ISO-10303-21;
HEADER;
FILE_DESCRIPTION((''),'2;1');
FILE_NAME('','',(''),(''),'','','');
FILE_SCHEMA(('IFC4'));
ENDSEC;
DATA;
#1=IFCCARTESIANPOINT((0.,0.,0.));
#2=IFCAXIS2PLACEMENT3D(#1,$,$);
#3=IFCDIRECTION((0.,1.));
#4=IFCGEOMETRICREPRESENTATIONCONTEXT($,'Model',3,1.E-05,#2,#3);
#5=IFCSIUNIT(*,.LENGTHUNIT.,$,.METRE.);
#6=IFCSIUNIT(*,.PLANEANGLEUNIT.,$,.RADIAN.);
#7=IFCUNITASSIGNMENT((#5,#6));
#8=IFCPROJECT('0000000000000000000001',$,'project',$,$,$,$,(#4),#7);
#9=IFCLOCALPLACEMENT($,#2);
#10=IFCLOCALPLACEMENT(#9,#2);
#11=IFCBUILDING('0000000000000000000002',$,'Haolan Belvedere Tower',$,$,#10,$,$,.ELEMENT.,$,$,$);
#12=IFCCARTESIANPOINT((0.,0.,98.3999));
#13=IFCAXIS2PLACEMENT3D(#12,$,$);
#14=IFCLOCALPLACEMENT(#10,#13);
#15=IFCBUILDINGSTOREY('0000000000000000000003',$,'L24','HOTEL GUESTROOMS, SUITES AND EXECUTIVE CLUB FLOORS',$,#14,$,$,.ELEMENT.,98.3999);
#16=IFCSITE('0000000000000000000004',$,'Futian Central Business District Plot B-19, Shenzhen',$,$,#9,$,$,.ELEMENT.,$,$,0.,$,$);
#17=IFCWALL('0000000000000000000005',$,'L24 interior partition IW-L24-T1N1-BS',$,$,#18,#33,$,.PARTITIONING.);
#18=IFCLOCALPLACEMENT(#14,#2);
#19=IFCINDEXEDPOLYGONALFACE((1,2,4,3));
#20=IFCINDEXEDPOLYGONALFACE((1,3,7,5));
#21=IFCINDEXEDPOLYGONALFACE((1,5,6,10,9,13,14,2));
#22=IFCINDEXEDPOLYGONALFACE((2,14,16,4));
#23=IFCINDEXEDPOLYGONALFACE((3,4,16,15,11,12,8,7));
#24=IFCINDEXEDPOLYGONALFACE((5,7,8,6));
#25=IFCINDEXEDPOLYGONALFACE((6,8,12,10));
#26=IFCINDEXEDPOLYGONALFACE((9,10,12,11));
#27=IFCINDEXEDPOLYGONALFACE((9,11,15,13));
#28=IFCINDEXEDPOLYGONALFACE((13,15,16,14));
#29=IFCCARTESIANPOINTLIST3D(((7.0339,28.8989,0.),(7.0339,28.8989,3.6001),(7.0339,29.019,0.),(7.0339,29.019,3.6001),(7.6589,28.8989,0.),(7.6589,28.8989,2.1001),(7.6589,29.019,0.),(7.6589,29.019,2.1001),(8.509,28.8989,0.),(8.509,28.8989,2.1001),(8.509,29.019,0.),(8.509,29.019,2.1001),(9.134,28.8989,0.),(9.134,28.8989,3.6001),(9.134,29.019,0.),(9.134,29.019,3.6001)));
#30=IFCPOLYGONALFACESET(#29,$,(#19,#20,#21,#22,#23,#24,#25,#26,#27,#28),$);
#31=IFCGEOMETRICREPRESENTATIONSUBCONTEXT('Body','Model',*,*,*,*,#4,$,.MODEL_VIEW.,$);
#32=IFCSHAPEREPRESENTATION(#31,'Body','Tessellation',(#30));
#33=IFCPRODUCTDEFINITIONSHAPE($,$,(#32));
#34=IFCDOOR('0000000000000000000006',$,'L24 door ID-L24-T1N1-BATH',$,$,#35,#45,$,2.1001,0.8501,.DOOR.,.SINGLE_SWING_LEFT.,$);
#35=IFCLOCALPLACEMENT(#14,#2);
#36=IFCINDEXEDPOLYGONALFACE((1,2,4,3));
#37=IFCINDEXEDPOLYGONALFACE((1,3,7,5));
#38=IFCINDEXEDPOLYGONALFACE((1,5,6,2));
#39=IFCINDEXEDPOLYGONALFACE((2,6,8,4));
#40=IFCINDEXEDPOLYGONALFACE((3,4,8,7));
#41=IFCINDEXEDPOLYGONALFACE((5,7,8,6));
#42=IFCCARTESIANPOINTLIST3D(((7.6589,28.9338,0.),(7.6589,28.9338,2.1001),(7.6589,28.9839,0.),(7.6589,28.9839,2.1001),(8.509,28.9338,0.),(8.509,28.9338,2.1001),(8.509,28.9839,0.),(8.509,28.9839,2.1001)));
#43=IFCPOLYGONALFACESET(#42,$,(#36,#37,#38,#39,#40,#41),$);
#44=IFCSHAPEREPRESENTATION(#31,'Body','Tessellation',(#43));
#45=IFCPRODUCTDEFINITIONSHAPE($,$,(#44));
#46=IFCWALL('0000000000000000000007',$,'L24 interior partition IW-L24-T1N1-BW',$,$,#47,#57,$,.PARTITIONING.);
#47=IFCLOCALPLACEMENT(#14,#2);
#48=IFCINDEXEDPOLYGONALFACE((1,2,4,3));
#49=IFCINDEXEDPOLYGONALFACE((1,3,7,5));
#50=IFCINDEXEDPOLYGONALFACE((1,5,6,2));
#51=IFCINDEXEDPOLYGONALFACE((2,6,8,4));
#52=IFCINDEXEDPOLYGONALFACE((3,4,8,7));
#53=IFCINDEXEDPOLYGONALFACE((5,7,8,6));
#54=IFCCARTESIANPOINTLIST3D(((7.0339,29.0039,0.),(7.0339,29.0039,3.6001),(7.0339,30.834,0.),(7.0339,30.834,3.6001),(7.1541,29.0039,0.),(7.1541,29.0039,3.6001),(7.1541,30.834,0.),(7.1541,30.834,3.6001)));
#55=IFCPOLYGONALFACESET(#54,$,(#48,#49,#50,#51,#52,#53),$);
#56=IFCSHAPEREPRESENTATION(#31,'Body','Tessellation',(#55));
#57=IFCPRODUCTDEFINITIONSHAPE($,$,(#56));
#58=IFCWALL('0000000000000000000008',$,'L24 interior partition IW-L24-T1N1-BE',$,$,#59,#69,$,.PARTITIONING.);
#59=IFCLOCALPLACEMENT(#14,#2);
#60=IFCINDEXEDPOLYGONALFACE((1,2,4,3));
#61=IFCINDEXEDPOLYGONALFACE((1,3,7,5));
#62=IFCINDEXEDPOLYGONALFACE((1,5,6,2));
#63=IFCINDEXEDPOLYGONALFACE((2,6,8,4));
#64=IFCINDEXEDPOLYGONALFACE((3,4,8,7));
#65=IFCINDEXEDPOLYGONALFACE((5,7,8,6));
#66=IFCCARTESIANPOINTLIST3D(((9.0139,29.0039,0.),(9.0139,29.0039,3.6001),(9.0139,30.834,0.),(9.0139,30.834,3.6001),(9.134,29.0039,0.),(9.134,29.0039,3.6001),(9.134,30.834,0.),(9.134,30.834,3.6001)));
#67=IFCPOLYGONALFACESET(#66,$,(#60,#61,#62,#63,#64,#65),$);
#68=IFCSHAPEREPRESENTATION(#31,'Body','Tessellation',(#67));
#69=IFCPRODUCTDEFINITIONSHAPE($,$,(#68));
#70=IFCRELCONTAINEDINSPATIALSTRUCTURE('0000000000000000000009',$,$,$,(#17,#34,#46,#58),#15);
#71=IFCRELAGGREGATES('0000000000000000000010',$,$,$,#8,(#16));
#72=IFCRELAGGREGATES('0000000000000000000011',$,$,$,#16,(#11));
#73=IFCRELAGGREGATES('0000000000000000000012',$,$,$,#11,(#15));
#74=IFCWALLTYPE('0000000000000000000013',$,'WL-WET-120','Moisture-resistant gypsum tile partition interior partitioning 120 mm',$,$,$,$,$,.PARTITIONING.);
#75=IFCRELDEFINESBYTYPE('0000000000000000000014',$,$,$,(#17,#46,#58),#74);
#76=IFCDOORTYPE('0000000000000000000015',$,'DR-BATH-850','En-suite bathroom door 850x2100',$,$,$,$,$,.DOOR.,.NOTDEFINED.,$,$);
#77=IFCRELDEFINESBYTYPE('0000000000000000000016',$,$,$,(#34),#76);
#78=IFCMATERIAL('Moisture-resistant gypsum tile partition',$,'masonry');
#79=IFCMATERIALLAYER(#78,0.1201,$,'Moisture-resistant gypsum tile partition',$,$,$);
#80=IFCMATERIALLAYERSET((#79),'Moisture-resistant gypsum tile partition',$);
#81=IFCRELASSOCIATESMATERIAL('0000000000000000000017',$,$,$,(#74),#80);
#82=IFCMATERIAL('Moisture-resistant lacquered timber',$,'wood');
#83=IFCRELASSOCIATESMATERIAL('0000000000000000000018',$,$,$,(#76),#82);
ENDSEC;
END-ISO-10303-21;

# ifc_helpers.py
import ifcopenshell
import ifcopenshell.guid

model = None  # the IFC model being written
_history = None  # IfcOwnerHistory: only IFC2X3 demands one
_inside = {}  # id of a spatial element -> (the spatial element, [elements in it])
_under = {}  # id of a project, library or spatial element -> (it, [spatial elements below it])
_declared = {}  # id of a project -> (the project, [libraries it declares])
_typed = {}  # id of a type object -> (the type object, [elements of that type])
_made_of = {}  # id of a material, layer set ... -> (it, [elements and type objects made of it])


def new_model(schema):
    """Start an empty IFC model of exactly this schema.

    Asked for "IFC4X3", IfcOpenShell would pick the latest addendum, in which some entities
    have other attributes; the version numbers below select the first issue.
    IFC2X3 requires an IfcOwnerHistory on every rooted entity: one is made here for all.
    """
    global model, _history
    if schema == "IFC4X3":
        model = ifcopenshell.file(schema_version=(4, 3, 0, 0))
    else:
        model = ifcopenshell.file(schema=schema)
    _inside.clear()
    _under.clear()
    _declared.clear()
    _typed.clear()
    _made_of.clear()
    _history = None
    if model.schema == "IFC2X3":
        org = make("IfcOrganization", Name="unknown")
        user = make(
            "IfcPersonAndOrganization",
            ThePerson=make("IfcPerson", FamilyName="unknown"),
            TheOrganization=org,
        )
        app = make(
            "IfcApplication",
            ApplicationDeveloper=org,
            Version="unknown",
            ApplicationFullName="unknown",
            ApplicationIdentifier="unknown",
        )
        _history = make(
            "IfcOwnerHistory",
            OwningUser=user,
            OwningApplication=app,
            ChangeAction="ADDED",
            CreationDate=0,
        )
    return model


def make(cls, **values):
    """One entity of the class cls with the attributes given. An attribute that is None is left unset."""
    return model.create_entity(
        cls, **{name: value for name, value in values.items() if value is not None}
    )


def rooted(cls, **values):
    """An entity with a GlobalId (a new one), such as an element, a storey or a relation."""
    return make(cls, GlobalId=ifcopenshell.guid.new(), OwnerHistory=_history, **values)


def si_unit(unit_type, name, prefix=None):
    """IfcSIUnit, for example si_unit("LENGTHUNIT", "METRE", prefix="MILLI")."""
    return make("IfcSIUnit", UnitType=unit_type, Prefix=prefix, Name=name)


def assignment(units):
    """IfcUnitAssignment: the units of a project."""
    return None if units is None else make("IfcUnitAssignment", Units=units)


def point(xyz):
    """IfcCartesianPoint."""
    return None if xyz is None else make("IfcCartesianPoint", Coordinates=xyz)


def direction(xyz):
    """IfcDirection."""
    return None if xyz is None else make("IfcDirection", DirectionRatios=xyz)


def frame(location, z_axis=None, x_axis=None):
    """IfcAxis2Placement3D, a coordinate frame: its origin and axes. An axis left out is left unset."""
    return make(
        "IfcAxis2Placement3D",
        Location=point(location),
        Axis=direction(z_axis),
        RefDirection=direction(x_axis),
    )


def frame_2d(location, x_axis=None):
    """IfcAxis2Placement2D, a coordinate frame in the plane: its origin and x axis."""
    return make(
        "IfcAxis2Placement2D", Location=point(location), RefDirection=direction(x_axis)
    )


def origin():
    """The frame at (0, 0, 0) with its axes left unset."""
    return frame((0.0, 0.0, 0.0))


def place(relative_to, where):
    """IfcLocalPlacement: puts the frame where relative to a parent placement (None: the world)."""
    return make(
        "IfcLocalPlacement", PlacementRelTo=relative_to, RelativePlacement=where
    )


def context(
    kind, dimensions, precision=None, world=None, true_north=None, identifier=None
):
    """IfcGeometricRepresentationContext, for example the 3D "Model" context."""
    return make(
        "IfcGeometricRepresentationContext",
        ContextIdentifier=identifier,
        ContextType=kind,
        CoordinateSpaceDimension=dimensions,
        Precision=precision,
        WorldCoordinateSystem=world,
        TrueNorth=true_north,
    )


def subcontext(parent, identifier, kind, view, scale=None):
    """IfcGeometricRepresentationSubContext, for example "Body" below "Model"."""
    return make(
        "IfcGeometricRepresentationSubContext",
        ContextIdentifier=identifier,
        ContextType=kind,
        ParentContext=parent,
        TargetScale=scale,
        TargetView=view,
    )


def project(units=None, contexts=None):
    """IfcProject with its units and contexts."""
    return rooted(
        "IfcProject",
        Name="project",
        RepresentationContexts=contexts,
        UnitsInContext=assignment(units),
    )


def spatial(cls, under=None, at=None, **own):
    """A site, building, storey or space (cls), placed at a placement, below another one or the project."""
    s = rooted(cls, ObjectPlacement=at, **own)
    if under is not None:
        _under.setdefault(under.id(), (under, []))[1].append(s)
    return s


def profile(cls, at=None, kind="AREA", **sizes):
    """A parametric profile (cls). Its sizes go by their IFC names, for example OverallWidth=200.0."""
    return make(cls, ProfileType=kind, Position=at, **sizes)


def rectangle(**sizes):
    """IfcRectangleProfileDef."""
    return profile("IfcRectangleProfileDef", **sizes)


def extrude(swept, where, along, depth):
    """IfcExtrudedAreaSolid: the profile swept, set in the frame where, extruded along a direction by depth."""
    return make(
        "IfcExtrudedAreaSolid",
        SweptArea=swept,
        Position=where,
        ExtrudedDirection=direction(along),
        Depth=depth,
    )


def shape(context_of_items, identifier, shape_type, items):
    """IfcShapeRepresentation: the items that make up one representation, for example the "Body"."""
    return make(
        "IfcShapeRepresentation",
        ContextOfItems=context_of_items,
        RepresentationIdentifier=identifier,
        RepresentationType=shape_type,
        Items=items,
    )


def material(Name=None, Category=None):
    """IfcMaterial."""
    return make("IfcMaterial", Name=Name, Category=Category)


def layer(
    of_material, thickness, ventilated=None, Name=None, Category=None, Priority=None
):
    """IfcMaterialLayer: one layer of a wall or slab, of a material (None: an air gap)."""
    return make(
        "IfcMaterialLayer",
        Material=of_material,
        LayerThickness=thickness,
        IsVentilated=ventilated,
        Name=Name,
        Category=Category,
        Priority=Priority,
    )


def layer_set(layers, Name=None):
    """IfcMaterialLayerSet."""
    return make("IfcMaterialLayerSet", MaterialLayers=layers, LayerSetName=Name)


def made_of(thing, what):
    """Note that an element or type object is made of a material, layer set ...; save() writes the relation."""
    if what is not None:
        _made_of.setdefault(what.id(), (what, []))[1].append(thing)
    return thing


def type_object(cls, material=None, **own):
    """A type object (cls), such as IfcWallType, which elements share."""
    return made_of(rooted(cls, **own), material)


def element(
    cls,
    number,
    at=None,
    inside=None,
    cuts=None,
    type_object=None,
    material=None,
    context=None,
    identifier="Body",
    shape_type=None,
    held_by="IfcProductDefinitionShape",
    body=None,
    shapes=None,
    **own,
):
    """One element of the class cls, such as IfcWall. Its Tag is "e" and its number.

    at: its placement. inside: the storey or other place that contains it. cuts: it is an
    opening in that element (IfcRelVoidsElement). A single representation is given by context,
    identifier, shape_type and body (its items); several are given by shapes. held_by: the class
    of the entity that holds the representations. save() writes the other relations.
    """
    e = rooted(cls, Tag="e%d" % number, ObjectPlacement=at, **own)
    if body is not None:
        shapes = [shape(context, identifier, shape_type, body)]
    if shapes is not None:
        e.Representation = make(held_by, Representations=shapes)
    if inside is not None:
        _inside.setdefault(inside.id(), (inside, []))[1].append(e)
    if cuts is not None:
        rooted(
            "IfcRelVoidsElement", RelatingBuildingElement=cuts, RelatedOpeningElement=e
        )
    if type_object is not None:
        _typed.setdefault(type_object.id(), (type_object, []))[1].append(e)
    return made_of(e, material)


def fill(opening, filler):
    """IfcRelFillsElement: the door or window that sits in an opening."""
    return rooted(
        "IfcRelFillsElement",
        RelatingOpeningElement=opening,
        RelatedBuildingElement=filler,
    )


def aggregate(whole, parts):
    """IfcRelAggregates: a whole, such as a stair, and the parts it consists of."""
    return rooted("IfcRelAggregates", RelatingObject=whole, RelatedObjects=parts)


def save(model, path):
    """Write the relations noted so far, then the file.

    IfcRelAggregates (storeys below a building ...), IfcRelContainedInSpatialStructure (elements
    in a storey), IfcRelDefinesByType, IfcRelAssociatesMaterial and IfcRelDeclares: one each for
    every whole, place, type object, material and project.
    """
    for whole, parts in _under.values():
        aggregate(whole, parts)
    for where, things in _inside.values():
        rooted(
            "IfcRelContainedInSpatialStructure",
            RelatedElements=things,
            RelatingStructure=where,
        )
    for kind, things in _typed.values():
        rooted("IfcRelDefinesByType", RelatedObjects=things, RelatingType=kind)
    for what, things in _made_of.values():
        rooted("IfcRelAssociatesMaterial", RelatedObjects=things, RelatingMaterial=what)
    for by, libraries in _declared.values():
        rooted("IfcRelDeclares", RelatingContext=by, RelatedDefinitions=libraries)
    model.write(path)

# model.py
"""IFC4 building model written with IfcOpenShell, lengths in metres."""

from ifc_helpers import new_model, si_unit, direction, frame, frame_2d, origin, place, context, subcontext, project, spatial, rectangle, extrude, material, layer, layer_set, type_object, element, fill, save


model = new_model("IFC4")

# Units and contexts
model_context = context("Model", 3, precision=1e-05, world=origin(), true_north=direction((0.0, 1.0)))
body_context = subcontext(model_context, "Body", "Model", "MODEL_VIEW")
ifc_project = project(units=[si_unit("LENGTHUNIT", "METRE"), si_unit("PLANEANGLEUNIT", "RADIAN")], contexts=[model_context])

# Site, building, storey
site_placement = place(None, origin())
site = spatial("IfcSite", under=ifc_project, at=site_placement, Name="Futian Central Business District Plot B-19, Shenzhen", CompositionType="ELEMENT", RefElevation=0.0)
building_placement = place(site_placement, origin())
building = spatial("IfcBuilding", under=site, at=building_placement, Name="Haolan Belvedere Tower", CompositionType="ELEMENT")
storey_placement = place(building_placement, frame((0.0, 0.0, 98.3999)))
storey = spatial("IfcBuildingStorey", under=building, at=storey_placement, Name="L24", Description="HOTEL GUESTROOMS, SUITES AND EXECUTIVE CLUB FLOORS", CompositionType="ELEMENT", Elevation=98.3999)

# Shared definitions
ifc_material_1 = material(Name="Moisture-resistant gypsum tile partition", Category="masonry")
ifc_layer_1 = layer(ifc_material_1, 0.1201, Name="Moisture-resistant gypsum tile partition")
ifc_layer_set_1 = layer_set([ifc_layer_1], Name="Moisture-resistant gypsum tile partition")
wall_type_1 = type_object("IfcWallType", Name="WL-WET-120", Description="Moisture-resistant gypsum tile partition interior partitioning 120 mm", PredefinedType="PARTITIONING", material=ifc_layer_set_1)

# Wall, opening, door
wall_1_placement = place(storey_placement, frame((7.0339, 28.959, 0.0), z_axis=(0.0, 0.0, 1.0), x_axis=(1.0, 0.0, 0.0)))
wall_1 = element("IfcWall", 1, at=wall_1_placement, inside=storey, type_object=wall_type_1, Name="L24 interior partition IW-L24-T1N1-BS", PredefinedType="PARTITIONING", context=body_context, shape_type="SweptSolid", body=[
    extrude(rectangle(XDim=2.1001, YDim=0.1201, at=frame_2d((1.05, 0.0))), origin(), (0.0, 0.0, 1.0), 3.6001),
])
opening_1_placement = place(wall_1_placement, frame((0.625, 0.0, 0.0)))
opening_1 = element("IfcOpeningElement", 2, at=opening_1_placement, cuts=wall_1, PredefinedType="OPENING", context=body_context, shape_type="SweptSolid", body=[
    extrude(rectangle(XDim=0.8501, YDim=2.1001, at=frame_2d((0.425, 1.05))), frame((0.0, 0.0701, 0.0), z_axis=(0.0, -1.0, 0.0), x_axis=(1.0, 0.0, 0.0)), (0.0, 0.0, 1.0), 0.1401),
])
ifc_material_2 = material(Name="Moisture-resistant lacquered timber", Category="wood")
door_type = type_object("IfcDoorType", Name="DR-BATH-850", Description="En-suite bathroom door 850x2100", OperationType="NOTDEFINED", PredefinedType="DOOR", material=ifc_material_2)
door_placement = place(opening_1_placement, origin())
door = element("IfcDoor", 3, at=door_placement, inside=storey, type_object=door_type, Name="L24 door ID-L24-T1N1-BATH", OperationType="SINGLE_SWING_LEFT", OverallHeight=2.1001, OverallWidth=0.8501, PredefinedType="DOOR", context=body_context, shape_type="SweptSolid", body=[
    extrude(rectangle(XDim=0.8501, YDim=2.1001, at=frame_2d((0.425, 1.05))), frame((0.0, 0.0249, 0.0), z_axis=(0.0, -1.0, 0.0), x_axis=(1.0, 0.0, 0.0)), (0.0, 0.0, 1.0), 0.05),
])
fill(opening_1, door)

# Walls
for number, where, z_axis, x_axis, name in (
    (4, (7.094, 29.0039, 0.0), (0.0, 0.0, 1.0), (0.0, 1.0, 0.0), "L24 interior partition IW-L24-T1N1-BW"),
    (5, (9.074, 29.0039, 0.0), (0.0, 0.0, 1.0), (0.0, 1.0, 0.0), "L24 interior partition IW-L24-T1N1-BE"),
):
    element("IfcWall", number, at=place(storey_placement, frame(where, z_axis=z_axis, x_axis=x_axis)), inside=storey, type_object=wall_type_1, Name=name, PredefinedType="PARTITIONING", context=body_context, shape_type="SweptSolid", body=[
        extrude(rectangle(XDim=1.8301, YDim=0.1201, at=frame_2d((0.915, 0.0))), origin(), (0.0, 0.0, 1.0), 3.6001),
    ])

save(model, "model.ifc")
